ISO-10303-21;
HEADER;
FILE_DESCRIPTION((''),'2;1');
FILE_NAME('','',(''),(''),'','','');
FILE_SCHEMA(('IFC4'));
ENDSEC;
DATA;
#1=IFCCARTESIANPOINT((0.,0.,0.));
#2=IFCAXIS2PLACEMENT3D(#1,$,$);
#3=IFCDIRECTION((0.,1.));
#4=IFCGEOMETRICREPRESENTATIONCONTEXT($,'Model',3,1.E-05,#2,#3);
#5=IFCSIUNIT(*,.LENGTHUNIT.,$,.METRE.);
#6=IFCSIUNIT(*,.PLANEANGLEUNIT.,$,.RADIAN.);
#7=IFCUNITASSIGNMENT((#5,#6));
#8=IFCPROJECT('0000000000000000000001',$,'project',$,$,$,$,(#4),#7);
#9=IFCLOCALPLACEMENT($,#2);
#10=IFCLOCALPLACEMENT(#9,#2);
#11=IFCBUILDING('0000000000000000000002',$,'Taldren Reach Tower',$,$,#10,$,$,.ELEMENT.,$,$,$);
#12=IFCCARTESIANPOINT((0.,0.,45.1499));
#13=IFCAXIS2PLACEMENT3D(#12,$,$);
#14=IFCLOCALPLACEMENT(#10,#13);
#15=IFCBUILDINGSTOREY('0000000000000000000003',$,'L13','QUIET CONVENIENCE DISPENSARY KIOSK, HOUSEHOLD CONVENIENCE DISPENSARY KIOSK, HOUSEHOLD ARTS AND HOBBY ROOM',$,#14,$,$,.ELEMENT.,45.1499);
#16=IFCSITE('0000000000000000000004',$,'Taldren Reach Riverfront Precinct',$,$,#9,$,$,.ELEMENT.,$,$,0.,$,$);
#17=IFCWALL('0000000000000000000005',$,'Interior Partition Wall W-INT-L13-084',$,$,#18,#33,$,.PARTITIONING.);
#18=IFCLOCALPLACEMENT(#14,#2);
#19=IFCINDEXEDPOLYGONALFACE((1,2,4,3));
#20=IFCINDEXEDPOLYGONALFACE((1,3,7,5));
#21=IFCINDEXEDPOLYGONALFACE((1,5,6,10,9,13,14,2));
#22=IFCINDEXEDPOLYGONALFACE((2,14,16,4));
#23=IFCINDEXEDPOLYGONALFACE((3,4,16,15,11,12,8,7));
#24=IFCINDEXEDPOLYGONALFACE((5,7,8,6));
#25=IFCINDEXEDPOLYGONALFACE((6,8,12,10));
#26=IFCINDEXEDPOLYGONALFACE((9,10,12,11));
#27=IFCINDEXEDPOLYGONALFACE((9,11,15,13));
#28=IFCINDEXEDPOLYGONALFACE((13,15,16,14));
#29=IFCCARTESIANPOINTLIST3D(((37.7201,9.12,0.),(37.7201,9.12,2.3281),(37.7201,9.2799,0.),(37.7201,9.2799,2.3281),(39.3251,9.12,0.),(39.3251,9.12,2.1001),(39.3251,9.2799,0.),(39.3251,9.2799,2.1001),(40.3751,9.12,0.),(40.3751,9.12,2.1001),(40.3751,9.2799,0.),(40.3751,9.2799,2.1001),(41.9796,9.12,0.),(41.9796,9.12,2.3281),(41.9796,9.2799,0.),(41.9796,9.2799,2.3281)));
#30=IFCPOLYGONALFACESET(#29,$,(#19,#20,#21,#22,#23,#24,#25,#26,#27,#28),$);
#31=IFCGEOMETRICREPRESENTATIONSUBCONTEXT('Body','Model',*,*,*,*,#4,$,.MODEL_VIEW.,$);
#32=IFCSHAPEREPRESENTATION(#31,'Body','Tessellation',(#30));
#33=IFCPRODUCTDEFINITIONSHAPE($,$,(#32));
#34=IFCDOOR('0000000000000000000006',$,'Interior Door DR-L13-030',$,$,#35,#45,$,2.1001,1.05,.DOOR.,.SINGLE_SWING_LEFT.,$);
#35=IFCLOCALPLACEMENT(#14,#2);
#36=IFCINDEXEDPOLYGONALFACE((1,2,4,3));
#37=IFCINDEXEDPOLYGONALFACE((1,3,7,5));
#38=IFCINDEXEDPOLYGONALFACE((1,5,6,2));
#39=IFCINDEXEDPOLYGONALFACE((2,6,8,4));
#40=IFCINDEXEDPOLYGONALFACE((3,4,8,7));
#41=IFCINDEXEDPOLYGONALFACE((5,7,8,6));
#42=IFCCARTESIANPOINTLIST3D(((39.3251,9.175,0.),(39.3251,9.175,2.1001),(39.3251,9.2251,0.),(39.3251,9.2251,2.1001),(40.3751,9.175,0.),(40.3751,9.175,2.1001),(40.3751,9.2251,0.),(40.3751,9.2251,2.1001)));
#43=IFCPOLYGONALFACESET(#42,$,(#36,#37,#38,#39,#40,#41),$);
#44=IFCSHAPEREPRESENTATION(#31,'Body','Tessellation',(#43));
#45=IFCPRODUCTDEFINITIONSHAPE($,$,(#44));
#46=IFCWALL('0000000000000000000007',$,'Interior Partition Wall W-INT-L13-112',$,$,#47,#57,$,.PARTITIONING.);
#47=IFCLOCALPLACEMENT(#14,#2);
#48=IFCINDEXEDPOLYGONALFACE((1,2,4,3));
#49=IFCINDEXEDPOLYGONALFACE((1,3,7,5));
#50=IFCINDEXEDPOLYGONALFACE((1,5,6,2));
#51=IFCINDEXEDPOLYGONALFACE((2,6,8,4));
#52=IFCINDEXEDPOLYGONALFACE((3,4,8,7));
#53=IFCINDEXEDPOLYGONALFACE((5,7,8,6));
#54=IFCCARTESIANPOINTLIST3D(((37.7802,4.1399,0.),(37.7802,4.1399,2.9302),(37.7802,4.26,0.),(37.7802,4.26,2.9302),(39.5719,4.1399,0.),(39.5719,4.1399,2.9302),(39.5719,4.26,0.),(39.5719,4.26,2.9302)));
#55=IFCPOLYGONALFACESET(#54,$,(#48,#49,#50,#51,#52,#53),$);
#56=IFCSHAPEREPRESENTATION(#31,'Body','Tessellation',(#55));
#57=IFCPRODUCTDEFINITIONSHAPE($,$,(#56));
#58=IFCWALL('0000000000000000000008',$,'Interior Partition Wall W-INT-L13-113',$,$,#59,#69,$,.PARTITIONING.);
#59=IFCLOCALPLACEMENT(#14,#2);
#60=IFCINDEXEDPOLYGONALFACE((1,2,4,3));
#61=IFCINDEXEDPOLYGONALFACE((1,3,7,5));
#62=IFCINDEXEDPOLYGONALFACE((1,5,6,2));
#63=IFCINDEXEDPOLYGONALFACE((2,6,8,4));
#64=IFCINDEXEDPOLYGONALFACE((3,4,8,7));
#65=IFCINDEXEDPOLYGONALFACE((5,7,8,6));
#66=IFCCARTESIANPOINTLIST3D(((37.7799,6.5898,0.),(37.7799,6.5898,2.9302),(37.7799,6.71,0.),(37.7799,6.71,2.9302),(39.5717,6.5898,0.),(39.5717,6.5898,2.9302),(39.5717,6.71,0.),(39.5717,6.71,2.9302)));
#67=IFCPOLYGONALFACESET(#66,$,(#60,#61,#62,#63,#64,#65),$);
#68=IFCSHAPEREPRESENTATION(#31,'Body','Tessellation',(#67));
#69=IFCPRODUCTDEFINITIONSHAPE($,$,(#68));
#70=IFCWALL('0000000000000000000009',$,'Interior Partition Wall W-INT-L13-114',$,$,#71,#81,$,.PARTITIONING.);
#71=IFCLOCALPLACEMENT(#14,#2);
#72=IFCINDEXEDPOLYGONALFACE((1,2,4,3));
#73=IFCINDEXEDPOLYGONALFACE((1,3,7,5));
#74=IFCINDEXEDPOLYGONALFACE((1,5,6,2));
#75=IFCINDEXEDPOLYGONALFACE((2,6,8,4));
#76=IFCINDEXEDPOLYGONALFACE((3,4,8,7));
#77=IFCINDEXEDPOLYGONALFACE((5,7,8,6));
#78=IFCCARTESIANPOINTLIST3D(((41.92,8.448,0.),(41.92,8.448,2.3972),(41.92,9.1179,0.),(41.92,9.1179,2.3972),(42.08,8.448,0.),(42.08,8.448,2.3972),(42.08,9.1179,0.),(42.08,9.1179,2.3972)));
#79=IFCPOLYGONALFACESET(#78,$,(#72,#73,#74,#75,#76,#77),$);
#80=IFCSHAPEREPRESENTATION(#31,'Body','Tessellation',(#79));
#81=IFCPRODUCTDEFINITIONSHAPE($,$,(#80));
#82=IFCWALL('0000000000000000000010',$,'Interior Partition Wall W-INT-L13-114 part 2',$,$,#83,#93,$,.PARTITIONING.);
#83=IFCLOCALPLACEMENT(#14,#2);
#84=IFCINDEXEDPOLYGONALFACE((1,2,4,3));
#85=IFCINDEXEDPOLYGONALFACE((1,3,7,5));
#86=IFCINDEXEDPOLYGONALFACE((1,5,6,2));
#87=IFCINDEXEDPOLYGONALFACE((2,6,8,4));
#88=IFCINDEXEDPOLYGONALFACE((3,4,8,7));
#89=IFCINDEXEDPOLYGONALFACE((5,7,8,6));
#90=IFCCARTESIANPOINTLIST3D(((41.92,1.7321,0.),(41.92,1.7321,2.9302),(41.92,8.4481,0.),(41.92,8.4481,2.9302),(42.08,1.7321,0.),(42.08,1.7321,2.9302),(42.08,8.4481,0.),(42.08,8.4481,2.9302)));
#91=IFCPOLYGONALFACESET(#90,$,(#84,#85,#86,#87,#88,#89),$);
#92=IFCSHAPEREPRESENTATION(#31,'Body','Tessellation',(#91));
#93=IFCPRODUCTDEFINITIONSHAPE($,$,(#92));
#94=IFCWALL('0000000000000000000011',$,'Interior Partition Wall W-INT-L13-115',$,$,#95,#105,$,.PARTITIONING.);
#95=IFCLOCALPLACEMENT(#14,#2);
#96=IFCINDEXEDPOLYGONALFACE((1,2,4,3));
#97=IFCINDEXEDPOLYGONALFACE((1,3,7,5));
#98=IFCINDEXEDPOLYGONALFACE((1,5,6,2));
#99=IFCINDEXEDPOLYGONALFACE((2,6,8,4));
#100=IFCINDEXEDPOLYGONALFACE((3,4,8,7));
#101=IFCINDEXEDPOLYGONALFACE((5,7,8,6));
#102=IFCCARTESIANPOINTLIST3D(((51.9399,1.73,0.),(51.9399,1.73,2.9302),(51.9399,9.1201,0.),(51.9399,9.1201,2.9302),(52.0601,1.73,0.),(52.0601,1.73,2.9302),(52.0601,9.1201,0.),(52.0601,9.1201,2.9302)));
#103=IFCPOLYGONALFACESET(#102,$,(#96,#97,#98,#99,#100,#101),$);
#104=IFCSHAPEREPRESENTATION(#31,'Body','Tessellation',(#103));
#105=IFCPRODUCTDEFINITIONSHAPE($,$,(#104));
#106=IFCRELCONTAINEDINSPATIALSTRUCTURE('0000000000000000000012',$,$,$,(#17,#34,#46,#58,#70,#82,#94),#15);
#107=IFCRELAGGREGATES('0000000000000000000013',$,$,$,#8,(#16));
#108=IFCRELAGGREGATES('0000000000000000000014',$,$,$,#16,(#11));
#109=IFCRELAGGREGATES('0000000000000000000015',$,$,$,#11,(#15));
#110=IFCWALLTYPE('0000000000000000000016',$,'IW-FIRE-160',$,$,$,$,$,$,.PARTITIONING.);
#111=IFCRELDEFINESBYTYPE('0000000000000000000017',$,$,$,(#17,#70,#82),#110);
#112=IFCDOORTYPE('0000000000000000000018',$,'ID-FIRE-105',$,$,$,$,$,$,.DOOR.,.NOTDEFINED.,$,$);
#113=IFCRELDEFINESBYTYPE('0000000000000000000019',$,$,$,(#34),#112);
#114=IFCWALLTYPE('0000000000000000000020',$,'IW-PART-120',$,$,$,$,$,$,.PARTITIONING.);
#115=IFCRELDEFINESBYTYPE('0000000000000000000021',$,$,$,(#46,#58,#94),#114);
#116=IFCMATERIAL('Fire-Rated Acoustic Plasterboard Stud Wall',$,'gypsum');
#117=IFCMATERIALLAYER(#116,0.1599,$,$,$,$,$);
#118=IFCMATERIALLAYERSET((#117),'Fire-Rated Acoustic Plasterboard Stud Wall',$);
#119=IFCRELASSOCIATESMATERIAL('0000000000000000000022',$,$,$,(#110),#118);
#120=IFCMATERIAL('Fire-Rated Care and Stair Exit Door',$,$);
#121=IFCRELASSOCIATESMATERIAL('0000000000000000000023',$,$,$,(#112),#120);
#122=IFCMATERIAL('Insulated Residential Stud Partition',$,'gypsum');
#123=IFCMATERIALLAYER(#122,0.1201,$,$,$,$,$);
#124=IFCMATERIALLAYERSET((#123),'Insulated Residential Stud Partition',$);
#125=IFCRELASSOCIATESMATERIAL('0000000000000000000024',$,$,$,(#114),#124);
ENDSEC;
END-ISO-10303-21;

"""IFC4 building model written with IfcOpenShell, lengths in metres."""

from ifc_helpers import new_model, si_unit, direction, frame, frame_2d, origin, place, context, subcontext, project, spatial, rectangle, extrude, source, transform, mapped, material, layer, layer_set, type_object, element, fill, save


model = new_model("IFC4")

# Units and contexts
model_context = context("Model", 3, precision=1e-05, world=origin(), true_north=direction((0.0, 1.0)))
body_context = subcontext(model_context, "Body", "Model", "MODEL_VIEW")
ifc_project = project(units=[si_unit("LENGTHUNIT", "METRE"), si_unit("PLANEANGLEUNIT", "RADIAN")], contexts=[model_context])

# Site, building, storey
site_placement = place(None, origin())
site = spatial("IfcSite", under=ifc_project, at=site_placement, Name="Taldren Reach Riverfront Precinct", CompositionType="ELEMENT", RefElevation=0.0)
building_placement = place(site_placement, origin())
building = spatial("IfcBuilding", under=site, at=building_placement, Name="Taldren Reach Tower", CompositionType="ELEMENT")
storey_placement = place(building_placement, frame((0.0, 0.0, 45.1499)))
storey = spatial("IfcBuildingStorey", under=building, at=storey_placement, Name="L13", Description="QUIET CONVENIENCE DISPENSARY KIOSK, HOUSEHOLD CONVENIENCE DISPENSARY KIOSK, HOUSEHOLD ARTS AND HOBBY ROOM", CompositionType="ELEMENT", Elevation=45.1499)

# Shared definitions
ifc_material_1 = material(Name="Fire-Rated Acoustic Plasterboard Stud Wall", Category="gypsum")
ifc_layer_1 = layer(ifc_material_1, 0.1599)
ifc_layer_set_1 = layer_set([ifc_layer_1], Name="Fire-Rated Acoustic Plasterboard Stud Wall")
wall_type_1 = type_object("IfcWallType", Name="IW-FIRE-160", PredefinedType="PARTITIONING", material=ifc_layer_set_1)
shared_shape_1 = source(origin(), body_context, "Body", "SweptSolid", [
    extrude(rectangle(XDim=1.05, YDim=2.1001, at=frame_2d((0.5249, 1.05))), frame((0.0, 0.0898, 0.0), z_axis=(0.0, -1.0, 0.0), x_axis=(1.0, 0.0, 0.0)), (0.0, 0.0, 1.0), 0.1799),
])
ifc_material_2 = material(Name="Fire-Rated Care and Stair Exit Door")
door_type_1 = type_object("IfcDoorType", Name="ID-FIRE-105", OperationType="NOTDEFINED", PredefinedType="DOOR", material=ifc_material_2)
shared_shape_2 = source(origin(), body_context, "Body", "SweptSolid", [
    extrude(rectangle(XDim=1.05, YDim=2.1001, at=frame_2d((0.5249, 1.05))), frame((0.0, 0.0249, 0.0), z_axis=(0.0, -1.0, 0.0), x_axis=(1.0, 0.0, 0.0)), (0.0, 0.0, 1.0), 0.05),
])
ifc_material_3 = material(Name="Insulated Residential Stud Partition", Category="gypsum")
ifc_layer_2 = layer(ifc_material_3, 0.1201)
ifc_layer_set_2 = layer_set([ifc_layer_2], Name="Insulated Residential Stud Partition")
wall_type_2 = type_object("IfcWallType", Name="IW-PART-120", PredefinedType="PARTITIONING", material=ifc_layer_set_2)

# Wall, opening, door
shared_shape_3 = source(origin(), body_context, "Body", "SweptSolid", [
    extrude(rectangle(XDim=4.2595, YDim=0.1599, at=frame_2d((2.1299, 0.0))), origin(), (0.0, 0.0, 1.0), 2.3281),
])
wall_1_placement = place(storey_placement, frame((41.9797, 9.2, 0.0), z_axis=(0.0, 0.0, 1.0), x_axis=(-1.0, 0.0, 0.0)))
wall_1 = element("IfcWall", 1, at=wall_1_placement, inside=storey, type_object=wall_type_1, Name="Interior Partition Wall W-INT-L13-084", PredefinedType="PARTITIONING", context=body_context, shape_type="MappedRepresentation", body=[
    mapped(shared_shape_3, transform((0.0, 0.0, 0.0), scale=1.0)),
])
opening_1_placement = place(wall_1_placement, frame((1.6047, 0.0, 0.0)))
opening_1 = element("IfcOpeningElement", 2, at=opening_1_placement, cuts=wall_1, PredefinedType="OPENING", context=body_context, shape_type="MappedRepresentation", body=[
    mapped(shared_shape_1, transform((0.0, 0.0, 0.0), scale=1.0)),
])
door_1_placement = place(opening_1_placement, origin())
door_1 = element("IfcDoor", 3, at=door_1_placement, inside=storey, type_object=door_type_1, Name="Interior Door DR-L13-030", OperationType="SINGLE_SWING_LEFT", OverallHeight=2.1001, OverallWidth=1.05, PredefinedType="DOOR", context=body_context, shape_type="MappedRepresentation", body=[
    mapped(shared_shape_2, transform((0.0, 0.0, 0.0), scale=1.0)),
])
fill(opening_1, door_1)

# Walls
shared_shape_4 = source(origin(), body_context, "Body", "SweptSolid", [
    extrude(rectangle(XDim=1.7917, YDim=0.1201, at=frame_2d((0.896, 0.0))), origin(), (0.0, 0.0, 1.0), 2.9302),
])
for number, where, z_axis, x_axis, name in (
    (4, (37.78, 4.2, 0.0), (0.0, 0.0, 1.0), (1.0, 0.0, 0.0), "Interior Partition Wall W-INT-L13-112"),
    (5, (39.5718, 6.6499, 0.0), (0.0, 0.0, 1.0), (-1.0, 0.0, 0.0), "Interior Partition Wall W-INT-L13-113"),
):
    element("IfcWall", number, at=place(storey_placement, frame(where, z_axis=z_axis, x_axis=x_axis)), inside=storey, type_object=wall_type_2, Name=name, PredefinedType="PARTITIONING", context=body_context, shape_type="MappedRepresentation", body=[
        mapped(shared_shape_4, transform((0.0, 0.0, 0.0), scale=1.0)),
    ])
shared_shape_5 = source(origin(), body_context, "Body", "SweptSolid", [
    extrude(rectangle(XDim=0.6699, YDim=0.1599, at=frame_2d((0.335, 0.0))), origin(), (0.0, 0.0, 1.0), 2.3972),
])
wall_2_placement = place(storey_placement, frame((42.0, 9.1179, 0.0), z_axis=(0.0, 0.0, 1.0), x_axis=(0.0, -1.0, 0.0)))
element("IfcWall", 6, at=wall_2_placement, inside=storey, type_object=wall_type_1, Name="Interior Partition Wall W-INT-L13-114", PredefinedType="PARTITIONING", context=body_context, shape_type="MappedRepresentation", body=[
    mapped(shared_shape_5, transform((0.0, 0.0, 0.0), scale=1.0)),
])
shared_shape_6 = source(origin(), body_context, "Body", "SweptSolid", [
    extrude(rectangle(XDim=6.7161, YDim=0.1599, at=frame_2d((3.3579, 0.0))), origin(), (0.0, 0.0, 1.0), 2.9302),
])
wall_3_placement = place(storey_placement, frame((42.0, 8.448, 0.0), z_axis=(0.0, 0.0, 1.0), x_axis=(0.0, -1.0, 0.0)))
element("IfcWall", 7, at=wall_3_placement, inside=storey, type_object=wall_type_1, Name="Interior Partition Wall W-INT-L13-114 part 2", PredefinedType="PARTITIONING", context=body_context, shape_type="MappedRepresentation", body=[
    mapped(shared_shape_6, transform((0.0, 0.0, 0.0), scale=1.0)),
])
shared_shape_7 = source(origin(), body_context, "Body", "SweptSolid", [
    extrude(rectangle(XDim=7.3901, YDim=0.1201, at=frame_2d((3.6951, 0.0))), origin(), (0.0, 0.0, 1.0), 2.9302),
])
wall_4_placement = place(storey_placement, frame((52.0, 9.1201, 0.0), z_axis=(0.0, 0.0, 1.0), x_axis=(0.0, -1.0, 0.0)))
element("IfcWall", 8, at=wall_4_placement, inside=storey, type_object=wall_type_2, Name="Interior Partition Wall W-INT-L13-115", PredefinedType="PARTITIONING", context=body_context, shape_type="MappedRepresentation", body=[
    mapped(shared_shape_7, transform((0.0, 0.0, 0.0), scale=1.0)),
])

save(model, "model.ifc")
